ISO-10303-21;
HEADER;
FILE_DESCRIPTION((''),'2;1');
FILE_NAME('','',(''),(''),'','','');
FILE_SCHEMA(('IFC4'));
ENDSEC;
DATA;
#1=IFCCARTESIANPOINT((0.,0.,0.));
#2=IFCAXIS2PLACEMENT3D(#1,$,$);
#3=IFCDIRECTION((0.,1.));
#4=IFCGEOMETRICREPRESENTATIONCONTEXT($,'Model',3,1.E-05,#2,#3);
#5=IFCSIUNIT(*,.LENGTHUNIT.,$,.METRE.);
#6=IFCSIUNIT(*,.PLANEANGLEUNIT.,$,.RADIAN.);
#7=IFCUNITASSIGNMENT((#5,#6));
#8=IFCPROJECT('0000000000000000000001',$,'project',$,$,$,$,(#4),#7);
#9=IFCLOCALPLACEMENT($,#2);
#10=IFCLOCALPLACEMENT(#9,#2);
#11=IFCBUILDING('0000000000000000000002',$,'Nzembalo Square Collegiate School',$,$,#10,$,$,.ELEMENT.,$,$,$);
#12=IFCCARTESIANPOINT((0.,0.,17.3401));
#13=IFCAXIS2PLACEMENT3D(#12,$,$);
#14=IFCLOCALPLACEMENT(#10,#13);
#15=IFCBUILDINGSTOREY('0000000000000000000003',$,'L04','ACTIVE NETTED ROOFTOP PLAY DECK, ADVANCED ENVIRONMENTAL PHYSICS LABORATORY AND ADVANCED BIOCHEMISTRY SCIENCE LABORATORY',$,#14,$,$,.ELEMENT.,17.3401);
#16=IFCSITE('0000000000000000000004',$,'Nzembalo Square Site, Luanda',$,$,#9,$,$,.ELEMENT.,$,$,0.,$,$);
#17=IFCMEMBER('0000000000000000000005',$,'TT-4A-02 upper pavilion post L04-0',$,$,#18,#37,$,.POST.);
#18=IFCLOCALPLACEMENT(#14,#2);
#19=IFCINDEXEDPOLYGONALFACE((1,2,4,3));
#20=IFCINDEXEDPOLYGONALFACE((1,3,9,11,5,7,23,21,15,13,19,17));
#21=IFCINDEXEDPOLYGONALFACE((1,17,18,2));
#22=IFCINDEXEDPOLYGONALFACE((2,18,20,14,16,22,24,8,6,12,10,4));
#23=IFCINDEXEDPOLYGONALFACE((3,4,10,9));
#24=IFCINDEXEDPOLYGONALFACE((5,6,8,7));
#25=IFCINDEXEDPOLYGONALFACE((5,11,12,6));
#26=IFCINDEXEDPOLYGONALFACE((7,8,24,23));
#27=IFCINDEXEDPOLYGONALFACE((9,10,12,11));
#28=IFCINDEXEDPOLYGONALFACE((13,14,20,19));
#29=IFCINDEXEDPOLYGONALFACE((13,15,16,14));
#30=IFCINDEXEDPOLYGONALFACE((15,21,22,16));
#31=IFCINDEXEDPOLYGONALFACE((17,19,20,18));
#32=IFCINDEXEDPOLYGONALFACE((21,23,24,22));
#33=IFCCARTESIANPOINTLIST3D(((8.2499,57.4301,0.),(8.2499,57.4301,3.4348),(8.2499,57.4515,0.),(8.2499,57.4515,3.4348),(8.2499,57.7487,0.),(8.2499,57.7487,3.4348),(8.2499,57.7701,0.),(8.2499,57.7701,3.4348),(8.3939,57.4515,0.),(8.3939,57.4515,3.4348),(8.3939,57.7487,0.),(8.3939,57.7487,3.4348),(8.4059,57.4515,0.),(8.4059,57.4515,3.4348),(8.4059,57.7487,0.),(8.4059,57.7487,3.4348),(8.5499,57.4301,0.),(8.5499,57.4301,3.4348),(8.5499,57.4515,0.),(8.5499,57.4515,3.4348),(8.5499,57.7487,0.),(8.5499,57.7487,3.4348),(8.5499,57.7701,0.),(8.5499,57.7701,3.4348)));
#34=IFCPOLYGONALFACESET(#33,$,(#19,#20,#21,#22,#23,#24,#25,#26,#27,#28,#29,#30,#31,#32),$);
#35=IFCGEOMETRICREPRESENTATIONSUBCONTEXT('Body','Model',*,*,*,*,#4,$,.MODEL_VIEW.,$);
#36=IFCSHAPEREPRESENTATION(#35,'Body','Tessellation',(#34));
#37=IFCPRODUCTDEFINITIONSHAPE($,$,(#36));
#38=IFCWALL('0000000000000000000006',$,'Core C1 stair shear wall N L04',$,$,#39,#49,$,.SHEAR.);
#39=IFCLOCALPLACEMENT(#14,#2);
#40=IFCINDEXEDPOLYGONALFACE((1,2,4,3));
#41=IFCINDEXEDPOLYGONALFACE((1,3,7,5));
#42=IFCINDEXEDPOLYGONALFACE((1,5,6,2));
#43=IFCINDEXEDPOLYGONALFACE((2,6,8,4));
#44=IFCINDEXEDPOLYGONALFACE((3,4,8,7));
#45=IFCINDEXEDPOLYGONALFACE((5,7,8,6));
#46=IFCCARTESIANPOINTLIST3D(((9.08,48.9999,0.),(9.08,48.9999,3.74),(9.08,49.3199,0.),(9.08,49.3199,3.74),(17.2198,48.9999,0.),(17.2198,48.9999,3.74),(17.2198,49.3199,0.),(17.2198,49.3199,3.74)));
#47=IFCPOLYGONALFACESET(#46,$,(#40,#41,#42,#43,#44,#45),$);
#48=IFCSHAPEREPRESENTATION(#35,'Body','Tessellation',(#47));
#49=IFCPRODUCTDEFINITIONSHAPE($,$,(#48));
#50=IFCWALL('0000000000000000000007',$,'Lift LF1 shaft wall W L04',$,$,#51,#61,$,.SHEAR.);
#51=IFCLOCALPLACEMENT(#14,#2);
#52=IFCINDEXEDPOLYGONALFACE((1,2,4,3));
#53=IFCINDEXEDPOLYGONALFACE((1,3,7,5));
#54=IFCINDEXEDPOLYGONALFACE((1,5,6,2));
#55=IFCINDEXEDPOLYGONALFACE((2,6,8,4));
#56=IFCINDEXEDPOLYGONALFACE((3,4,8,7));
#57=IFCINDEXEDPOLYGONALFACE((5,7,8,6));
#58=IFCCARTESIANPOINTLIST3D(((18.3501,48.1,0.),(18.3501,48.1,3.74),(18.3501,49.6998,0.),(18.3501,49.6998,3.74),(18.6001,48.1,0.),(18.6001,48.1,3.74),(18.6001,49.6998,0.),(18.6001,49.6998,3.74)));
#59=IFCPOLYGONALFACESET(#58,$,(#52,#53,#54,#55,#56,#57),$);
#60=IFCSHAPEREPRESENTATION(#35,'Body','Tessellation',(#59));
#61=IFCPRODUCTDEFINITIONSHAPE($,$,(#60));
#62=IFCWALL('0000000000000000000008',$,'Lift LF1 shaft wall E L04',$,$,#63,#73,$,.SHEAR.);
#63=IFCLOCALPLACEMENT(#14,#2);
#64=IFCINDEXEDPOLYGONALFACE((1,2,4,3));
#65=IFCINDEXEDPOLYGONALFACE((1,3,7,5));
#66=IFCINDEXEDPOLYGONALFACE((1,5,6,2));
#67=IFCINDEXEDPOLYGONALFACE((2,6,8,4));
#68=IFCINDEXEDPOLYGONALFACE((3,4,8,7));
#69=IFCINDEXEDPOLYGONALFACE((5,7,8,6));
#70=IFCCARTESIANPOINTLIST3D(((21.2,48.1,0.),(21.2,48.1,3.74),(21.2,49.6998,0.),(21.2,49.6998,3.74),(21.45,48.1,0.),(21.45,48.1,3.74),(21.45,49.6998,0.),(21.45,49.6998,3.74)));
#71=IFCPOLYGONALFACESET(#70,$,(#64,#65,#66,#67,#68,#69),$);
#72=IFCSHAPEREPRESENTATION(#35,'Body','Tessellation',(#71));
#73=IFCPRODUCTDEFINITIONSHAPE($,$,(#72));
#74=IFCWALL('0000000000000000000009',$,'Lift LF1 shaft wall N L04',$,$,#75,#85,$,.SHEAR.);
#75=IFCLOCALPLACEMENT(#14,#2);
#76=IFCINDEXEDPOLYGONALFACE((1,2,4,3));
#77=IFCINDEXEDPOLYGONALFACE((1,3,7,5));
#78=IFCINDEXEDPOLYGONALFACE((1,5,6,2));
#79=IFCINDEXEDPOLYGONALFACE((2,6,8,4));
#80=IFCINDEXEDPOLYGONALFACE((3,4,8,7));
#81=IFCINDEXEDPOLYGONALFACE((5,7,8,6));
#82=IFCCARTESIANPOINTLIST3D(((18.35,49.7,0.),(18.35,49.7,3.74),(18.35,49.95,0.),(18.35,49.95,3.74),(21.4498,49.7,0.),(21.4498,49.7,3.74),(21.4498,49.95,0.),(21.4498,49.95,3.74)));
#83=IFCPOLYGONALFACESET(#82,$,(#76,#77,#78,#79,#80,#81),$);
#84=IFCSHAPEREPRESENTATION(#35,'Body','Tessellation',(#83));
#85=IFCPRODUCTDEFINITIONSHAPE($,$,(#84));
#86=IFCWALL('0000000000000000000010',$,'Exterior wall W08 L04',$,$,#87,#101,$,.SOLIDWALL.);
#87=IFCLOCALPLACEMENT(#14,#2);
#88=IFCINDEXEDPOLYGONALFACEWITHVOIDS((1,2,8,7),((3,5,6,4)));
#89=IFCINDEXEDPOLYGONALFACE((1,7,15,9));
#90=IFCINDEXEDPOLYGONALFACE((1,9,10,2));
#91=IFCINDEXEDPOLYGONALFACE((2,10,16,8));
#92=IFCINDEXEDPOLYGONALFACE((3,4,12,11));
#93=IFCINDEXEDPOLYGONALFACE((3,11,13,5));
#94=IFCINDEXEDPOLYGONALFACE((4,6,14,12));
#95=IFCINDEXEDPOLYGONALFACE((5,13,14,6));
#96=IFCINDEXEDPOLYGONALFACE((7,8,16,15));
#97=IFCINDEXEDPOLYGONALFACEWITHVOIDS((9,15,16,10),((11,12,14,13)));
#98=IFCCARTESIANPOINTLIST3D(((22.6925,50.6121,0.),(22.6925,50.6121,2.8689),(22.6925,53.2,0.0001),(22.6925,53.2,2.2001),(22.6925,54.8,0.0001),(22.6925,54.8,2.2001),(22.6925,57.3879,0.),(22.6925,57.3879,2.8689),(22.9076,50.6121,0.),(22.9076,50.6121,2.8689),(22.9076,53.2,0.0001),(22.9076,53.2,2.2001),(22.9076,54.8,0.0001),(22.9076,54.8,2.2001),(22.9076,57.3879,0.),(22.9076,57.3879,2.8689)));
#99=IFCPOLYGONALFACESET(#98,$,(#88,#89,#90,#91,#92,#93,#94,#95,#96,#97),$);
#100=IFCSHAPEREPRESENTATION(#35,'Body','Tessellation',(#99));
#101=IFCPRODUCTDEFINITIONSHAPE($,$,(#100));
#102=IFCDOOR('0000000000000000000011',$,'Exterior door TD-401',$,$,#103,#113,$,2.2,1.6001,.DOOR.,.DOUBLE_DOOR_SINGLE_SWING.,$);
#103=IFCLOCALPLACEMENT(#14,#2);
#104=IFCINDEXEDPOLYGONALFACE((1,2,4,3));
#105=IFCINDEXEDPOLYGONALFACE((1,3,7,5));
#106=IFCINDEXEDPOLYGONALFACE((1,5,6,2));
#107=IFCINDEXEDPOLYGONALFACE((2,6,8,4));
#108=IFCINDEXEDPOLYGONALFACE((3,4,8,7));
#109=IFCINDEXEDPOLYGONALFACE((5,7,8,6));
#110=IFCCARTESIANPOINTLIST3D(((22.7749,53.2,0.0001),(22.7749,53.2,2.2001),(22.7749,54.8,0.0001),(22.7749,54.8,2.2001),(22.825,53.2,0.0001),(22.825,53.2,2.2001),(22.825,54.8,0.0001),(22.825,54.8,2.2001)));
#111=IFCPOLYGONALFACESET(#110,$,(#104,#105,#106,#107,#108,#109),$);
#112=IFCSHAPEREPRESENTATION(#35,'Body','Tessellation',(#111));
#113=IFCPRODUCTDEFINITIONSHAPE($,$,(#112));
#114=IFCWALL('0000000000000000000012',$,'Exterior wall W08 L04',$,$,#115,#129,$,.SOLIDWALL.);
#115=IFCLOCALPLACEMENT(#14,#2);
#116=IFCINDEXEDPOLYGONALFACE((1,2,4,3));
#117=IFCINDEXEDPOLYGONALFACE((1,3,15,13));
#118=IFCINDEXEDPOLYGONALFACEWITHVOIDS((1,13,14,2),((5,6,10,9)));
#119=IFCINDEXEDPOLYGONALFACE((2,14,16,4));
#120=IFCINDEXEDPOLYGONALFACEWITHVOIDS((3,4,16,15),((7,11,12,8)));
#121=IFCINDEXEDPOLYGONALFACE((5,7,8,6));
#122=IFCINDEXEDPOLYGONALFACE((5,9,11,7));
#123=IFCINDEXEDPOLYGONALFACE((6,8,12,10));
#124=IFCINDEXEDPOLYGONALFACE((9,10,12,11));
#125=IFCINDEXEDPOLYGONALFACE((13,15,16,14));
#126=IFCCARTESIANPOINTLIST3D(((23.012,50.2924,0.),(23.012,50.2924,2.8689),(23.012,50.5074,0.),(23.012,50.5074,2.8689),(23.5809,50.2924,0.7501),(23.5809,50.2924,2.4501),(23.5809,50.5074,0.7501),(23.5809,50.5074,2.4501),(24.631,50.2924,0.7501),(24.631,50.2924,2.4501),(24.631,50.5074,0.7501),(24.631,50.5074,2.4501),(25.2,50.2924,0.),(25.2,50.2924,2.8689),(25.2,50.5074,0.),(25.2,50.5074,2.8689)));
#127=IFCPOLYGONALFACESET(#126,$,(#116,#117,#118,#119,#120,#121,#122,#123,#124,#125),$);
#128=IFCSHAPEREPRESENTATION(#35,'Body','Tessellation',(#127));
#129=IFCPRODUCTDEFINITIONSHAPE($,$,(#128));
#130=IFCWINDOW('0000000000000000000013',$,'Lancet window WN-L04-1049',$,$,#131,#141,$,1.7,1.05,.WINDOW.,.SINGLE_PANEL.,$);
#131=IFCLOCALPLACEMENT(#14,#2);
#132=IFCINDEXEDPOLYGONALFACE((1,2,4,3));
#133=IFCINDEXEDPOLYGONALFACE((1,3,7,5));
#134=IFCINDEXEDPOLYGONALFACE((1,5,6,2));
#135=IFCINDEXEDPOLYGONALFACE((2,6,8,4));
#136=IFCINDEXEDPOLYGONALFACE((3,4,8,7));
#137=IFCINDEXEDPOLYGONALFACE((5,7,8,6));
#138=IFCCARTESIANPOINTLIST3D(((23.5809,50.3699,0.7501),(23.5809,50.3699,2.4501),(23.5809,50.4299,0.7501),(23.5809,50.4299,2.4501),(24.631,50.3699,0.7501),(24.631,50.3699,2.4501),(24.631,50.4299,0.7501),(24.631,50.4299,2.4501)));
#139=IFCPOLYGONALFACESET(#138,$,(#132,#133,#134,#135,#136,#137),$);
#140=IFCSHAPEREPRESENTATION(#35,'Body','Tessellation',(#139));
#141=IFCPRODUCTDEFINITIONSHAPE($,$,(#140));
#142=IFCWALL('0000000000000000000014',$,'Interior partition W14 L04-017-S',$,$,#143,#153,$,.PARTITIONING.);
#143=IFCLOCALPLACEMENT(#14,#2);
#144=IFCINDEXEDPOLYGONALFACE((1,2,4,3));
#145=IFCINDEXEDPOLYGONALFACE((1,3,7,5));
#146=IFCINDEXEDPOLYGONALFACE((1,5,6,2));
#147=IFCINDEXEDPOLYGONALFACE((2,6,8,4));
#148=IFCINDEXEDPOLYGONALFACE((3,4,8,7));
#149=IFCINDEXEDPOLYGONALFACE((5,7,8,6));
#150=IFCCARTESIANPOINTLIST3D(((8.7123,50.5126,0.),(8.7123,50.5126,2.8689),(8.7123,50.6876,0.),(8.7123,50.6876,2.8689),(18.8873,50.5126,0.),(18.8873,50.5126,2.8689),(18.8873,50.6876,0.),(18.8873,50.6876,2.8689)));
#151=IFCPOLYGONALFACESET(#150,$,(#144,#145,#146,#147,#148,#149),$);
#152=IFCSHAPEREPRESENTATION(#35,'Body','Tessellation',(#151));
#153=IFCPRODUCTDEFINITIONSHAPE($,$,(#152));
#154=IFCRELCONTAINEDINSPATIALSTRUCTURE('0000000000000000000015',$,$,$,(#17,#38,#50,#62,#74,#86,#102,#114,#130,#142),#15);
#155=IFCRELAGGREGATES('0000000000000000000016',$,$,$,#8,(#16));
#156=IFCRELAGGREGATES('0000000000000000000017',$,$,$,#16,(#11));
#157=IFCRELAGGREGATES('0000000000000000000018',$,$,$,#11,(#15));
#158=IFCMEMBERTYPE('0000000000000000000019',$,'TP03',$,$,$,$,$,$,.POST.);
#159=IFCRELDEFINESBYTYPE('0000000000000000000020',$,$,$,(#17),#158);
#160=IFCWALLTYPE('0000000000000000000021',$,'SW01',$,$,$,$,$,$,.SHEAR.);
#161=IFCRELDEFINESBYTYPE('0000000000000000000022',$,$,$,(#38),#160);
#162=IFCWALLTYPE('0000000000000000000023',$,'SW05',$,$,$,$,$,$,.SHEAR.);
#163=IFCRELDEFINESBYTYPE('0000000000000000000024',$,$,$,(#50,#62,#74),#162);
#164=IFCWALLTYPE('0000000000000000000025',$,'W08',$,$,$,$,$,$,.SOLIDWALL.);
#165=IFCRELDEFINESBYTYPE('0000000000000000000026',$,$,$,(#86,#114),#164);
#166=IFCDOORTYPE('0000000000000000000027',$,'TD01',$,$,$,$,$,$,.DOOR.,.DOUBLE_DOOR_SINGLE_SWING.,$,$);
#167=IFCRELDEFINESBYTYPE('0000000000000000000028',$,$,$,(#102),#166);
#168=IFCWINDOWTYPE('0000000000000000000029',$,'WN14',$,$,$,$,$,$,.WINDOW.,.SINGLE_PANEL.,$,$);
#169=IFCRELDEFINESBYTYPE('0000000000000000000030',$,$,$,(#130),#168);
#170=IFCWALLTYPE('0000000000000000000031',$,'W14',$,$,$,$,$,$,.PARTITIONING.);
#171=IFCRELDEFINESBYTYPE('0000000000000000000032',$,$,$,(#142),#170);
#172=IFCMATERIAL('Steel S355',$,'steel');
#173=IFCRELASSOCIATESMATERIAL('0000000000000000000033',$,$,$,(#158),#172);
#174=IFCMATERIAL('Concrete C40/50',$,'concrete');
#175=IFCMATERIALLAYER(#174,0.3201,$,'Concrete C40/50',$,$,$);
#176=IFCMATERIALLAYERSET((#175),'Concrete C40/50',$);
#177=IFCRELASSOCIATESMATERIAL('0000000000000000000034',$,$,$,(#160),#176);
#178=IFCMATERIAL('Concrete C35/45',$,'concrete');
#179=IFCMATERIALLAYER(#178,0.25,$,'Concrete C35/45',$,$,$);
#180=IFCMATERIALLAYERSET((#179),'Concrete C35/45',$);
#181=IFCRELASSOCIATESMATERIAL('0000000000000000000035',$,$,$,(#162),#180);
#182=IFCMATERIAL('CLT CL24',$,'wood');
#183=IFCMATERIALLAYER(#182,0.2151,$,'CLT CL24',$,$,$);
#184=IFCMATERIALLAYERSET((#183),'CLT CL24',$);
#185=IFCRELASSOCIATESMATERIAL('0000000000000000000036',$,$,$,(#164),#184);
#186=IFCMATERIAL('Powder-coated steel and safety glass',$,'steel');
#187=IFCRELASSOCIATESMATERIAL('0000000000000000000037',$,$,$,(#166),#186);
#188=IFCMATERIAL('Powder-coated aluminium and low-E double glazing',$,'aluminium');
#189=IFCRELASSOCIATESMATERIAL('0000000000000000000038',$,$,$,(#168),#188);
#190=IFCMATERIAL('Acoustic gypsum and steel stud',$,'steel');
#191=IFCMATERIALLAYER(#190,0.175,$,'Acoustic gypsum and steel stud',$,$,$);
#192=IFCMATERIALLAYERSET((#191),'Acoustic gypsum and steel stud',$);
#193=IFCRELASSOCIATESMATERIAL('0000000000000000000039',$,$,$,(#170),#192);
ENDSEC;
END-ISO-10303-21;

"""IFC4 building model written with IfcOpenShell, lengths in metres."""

from ifc_helpers import new_model, si_unit, direction, frame, frame_2d, origin, origin_2d, place, context, subcontext, project, spatial, rectangle, i_section, extrude, material, layer, layer_set, material_profile, profile_set, type_object, element, fill, save


model = new_model("IFC4")

# Units and contexts
model_context = context("Model", 3, precision=1e-05, world=origin(), true_north=direction((0.0, 1.0)))
body_context = subcontext(model_context, "Body", "Model", "MODEL_VIEW")
ifc_project = project(units=[si_unit("LENGTHUNIT", "METRE"), si_unit("PLANEANGLEUNIT", "RADIAN")], contexts=[model_context])

# Site, building, storey
site_placement = place(None, origin())
site = spatial("IfcSite", under=ifc_project, at=site_placement, Name="Nzembalo Square Site, Luanda", CompositionType="ELEMENT", RefElevation=0.0)
building_placement = place(site_placement, origin())
building = spatial("IfcBuilding", under=site, at=building_placement, Name="Nzembalo Square Collegiate School", CompositionType="ELEMENT")
storey_placement = place(building_placement, frame((0.0, 0.0, 17.3401)))
storey = spatial("IfcBuildingStorey", under=building, at=storey_placement, Name="L04", Description="ACTIVE NETTED ROOFTOP PLAY DECK, ADVANCED ENVIRONMENTAL PHYSICS LABORATORY AND ADVANCED BIOCHEMISTRY SCIENCE LABORATORY", CompositionType="ELEMENT", Elevation=17.3401)

# Member
ifc_material_1 = material(Name="Steel S355", Category="steel")
ifc_material_profile_1 = material_profile(ifc_material_1, i_section(OverallWidth=0.3, OverallDepth=0.3401, WebThickness=0.012, FlangeThickness=0.0215, at=origin_2d()), Name="HEB 340")
ifc_profile_set_1 = profile_set([ifc_material_profile_1], Name="Steel S355")
member_type = type_object("IfcMemberType", Name="TP03", PredefinedType="POST", material=ifc_profile_set_1)
member_placement = place(storey_placement, frame((8.3999, 57.6001, 0.0), z_axis=(0.0, 0.0, 1.0), x_axis=(1.0, 0.0, 0.0)))
element("IfcMember", 1, at=member_placement, inside=storey, type_object=member_type, Name="TT-4A-02 upper pavilion post L04-0", PredefinedType="POST", context=body_context, shape_type="SweptSolid", body=[
    extrude(i_section(OverallWidth=0.3, OverallDepth=0.3401, WebThickness=0.012, FlangeThickness=0.0215, at=origin_2d()), origin(), (0.0, 0.0, 1.0), 3.4348),
])

# Walls
ifc_material_2 = material(Name="Concrete C40/50", Category="concrete")
ifc_layer_1 = layer(ifc_material_2, 0.3201, Name="Concrete C40/50")
ifc_layer_set_1 = layer_set([ifc_layer_1], Name="Concrete C40/50")
wall_type_1 = type_object("IfcWallType", Name="SW01", PredefinedType="SHEAR", material=ifc_layer_set_1)
wall_1_placement = place(storey_placement, frame((9.0801, 49.1599, 0.0), z_axis=(0.0, 0.0, 1.0), x_axis=(1.0, 0.0, 0.0)))
element("IfcWall", 2, at=wall_1_placement, inside=storey, type_object=wall_type_1, Name="Core C1 stair shear wall N L04", PredefinedType="SHEAR", context=body_context, shape_type="SweptSolid", body=[
    extrude(rectangle(XDim=8.1399, YDim=0.3201, at=frame_2d((4.0698, 0.0))), origin(), (0.0, 0.0, 1.0), 3.74),
])
ifc_material_3 = material(Name="Concrete C35/45", Category="concrete")
ifc_layer_2 = layer(ifc_material_3, 0.25, Name="Concrete C35/45")
ifc_layer_set_2 = layer_set([ifc_layer_2], Name="Concrete C35/45")
wall_type_2 = type_object("IfcWallType", Name="SW05", PredefinedType="SHEAR", material=ifc_layer_set_2)
for number, where, z_axis, x_axis, name in (
    (3, (18.4751, 48.1001, 0.0), (0.0, 0.0, 1.0), (0.0, 1.0, 0.0), "Lift LF1 shaft wall W L04"),
    (4, (21.325, 48.1001, 0.0), (0.0, 0.0, 1.0), (0.0, 1.0, 0.0), "Lift LF1 shaft wall E L04"),
):
    element("IfcWall", number, at=place(storey_placement, frame(where, z_axis=z_axis, x_axis=x_axis)), inside=storey, type_object=wall_type_2, Name=name, PredefinedType="SHEAR", context=body_context, shape_type="SweptSolid", body=[
        extrude(rectangle(XDim=1.5999, YDim=0.25, at=frame_2d((0.7998, 0.0))), origin(), (0.0, 0.0, 1.0), 3.74),
    ])
wall_2_placement = place(storey_placement, frame((18.3501, 49.825, 0.0), z_axis=(0.0, 0.0, 1.0), x_axis=(1.0, 0.0, 0.0)))
element("IfcWall", 5, at=wall_2_placement, inside=storey, type_object=wall_type_2, Name="Lift LF1 shaft wall N L04", PredefinedType="SHEAR", context=body_context, shape_type="SweptSolid", body=[
    extrude(rectangle(XDim=3.0999, YDim=0.25, at=frame_2d((1.5498, 0.0))), origin(), (0.0, 0.0, 1.0), 3.74),
])

# Wall, opening, door
ifc_material_4 = material(Name="CLT CL24", Category="wood")
ifc_layer_3 = layer(ifc_material_4, 0.2151, Name="CLT CL24")
ifc_layer_set_3 = layer_set([ifc_layer_3], Name="CLT CL24")
wall_type_3 = type_object("IfcWallType", Name="W08", PredefinedType="SOLIDWALL", material=ifc_layer_set_3)
wall_3_placement = place(storey_placement, frame((22.8, 50.6121, 0.0), z_axis=(0.0, 0.0, 1.0), x_axis=(0.0, 1.0, 0.0)))
wall_3 = element("IfcWall", 6, at=wall_3_placement, inside=storey, type_object=wall_type_3, Name="Exterior wall W08 L04", PredefinedType="SOLIDWALL", context=body_context, shape_type="SweptSolid", body=[
    extrude(rectangle(XDim=6.7759, YDim=0.2151, at=frame_2d((3.3879, 0.0))), origin(), (0.0, 0.0, 1.0), 2.8689),
])
opening_1_placement = place(wall_3_placement, frame((2.5879, 0.0, 0.0)))
opening_1 = element("IfcOpeningElement", 7, at=opening_1_placement, cuts=wall_3, PredefinedType="OPENING", context=body_context, shape_type="SweptSolid", body=[
    extrude(rectangle(XDim=1.6001, YDim=2.2, at=frame_2d((0.8, 1.1001))), frame((0.0, 0.1177, 0.0), z_axis=(0.0, -1.0, 0.0), x_axis=(1.0, 0.0, 0.0)), (0.0, 0.0, 1.0), 0.2351),
])
ifc_material_5 = material(Name="Powder-coated steel and safety glass", Category="steel")
door_type_1 = type_object("IfcDoorType", Name="TD01", OperationType="DOUBLE_DOOR_SINGLE_SWING", PredefinedType="DOOR", material=ifc_material_5)
door_1_placement = place(opening_1_placement, frame((1.6001, 0.0, 0.0), z_axis=(0.0, 0.0, 1.0), x_axis=(-1.0, 0.0, 0.0)))
door_1 = element("IfcDoor", 8, at=door_1_placement, inside=storey, type_object=door_type_1, Name="Exterior door TD-401", OperationType="DOUBLE_DOOR_SINGLE_SWING", OverallHeight=2.2, OverallWidth=1.6001, PredefinedType="DOOR", context=body_context, shape_type="SweptSolid", body=[
    extrude(rectangle(XDim=1.6001, YDim=2.2, at=frame_2d((0.8, 1.1001))), frame((0.0, 0.0249, 0.0), z_axis=(0.0, -1.0, 0.0), x_axis=(1.0, 0.0, 0.0)), (0.0, 0.0, 1.0), 0.05),
])
fill(opening_1, door_1)

# Wall, opening, window
wall_4_placement = place(storey_placement, frame((23.012, 50.3999, 0.0), z_axis=(0.0, 0.0, 1.0), x_axis=(1.0, 0.0, 0.0)))
wall_4 = element("IfcWall", 9, at=wall_4_placement, inside=storey, type_object=wall_type_3, Name="Exterior wall W08 L04", PredefinedType="SOLIDWALL", context=body_context, shape_type="SweptSolid", body=[
    extrude(rectangle(XDim=2.188, YDim=0.2151, at=frame_2d((1.094, 0.0))), origin(), (0.0, 0.0, 1.0), 2.8689),
])
opening_2_placement = place(wall_4_placement, frame((0.5691, 0.0, 0.75)))
opening_2 = element("IfcOpeningElement", 10, at=opening_2_placement, cuts=wall_4, PredefinedType="OPENING", context=body_context, shape_type="SweptSolid", body=[
    extrude(rectangle(XDim=1.05, YDim=1.7, at=frame_2d((0.5249, 0.8501))), frame((0.0, 0.1177, 0.0), z_axis=(0.0, -1.0, 0.0), x_axis=(1.0, 0.0, 0.0)), (0.0, 0.0, 1.0), 0.2351),
])
ifc_material_6 = material(Name="Powder-coated aluminium and low-E double glazing", Category="aluminium")
window_type = type_object("IfcWindowType", Name="WN14", PartitioningType="SINGLE_PANEL", PredefinedType="WINDOW", material=ifc_material_6)
window_placement = place(opening_2_placement, origin())
window = element("IfcWindow", 11, at=window_placement, inside=storey, type_object=window_type, Name="Lancet window WN-L04-1049", OverallHeight=1.7, OverallWidth=1.05, PartitioningType="SINGLE_PANEL", PredefinedType="WINDOW", context=body_context, shape_type="SweptSolid", body=[
    extrude(rectangle(XDim=1.05, YDim=1.7, at=frame_2d((0.5249, 0.8501))), frame((0.0, 0.03, 0.0), z_axis=(0.0, -1.0, 0.0), x_axis=(1.0, 0.0, 0.0)), (0.0, 0.0, 1.0), 0.0601),
])
fill(opening_2, window)

# Wall
ifc_material_7 = material(Name="Acoustic gypsum and steel stud", Category="steel")
ifc_layer_4 = layer(ifc_material_7, 0.175, Name="Acoustic gypsum and steel stud")
ifc_layer_set_4 = layer_set([ifc_layer_4], Name="Acoustic gypsum and steel stud")
wall_type_4 = type_object("IfcWallType", Name="W14", PredefinedType="PARTITIONING", material=ifc_layer_set_4)
wall_5_placement = place(storey_placement, frame((8.7124, 50.6001, 0.0), z_axis=(0.0, 0.0, 1.0), x_axis=(1.0, 0.0, 0.0)))
element("IfcWall", 12, at=wall_5_placement, inside=storey, type_object=wall_type_4, Name="Interior partition W14 L04-017-S", PredefinedType="PARTITIONING", context=body_context, shape_type="SweptSolid", body=[
    extrude(rectangle(XDim=10.175, YDim=0.175, at=frame_2d((5.0874, 0.0))), origin(), (0.0, 0.0, 1.0), 2.8689),
])

save(model, "model.ifc")
